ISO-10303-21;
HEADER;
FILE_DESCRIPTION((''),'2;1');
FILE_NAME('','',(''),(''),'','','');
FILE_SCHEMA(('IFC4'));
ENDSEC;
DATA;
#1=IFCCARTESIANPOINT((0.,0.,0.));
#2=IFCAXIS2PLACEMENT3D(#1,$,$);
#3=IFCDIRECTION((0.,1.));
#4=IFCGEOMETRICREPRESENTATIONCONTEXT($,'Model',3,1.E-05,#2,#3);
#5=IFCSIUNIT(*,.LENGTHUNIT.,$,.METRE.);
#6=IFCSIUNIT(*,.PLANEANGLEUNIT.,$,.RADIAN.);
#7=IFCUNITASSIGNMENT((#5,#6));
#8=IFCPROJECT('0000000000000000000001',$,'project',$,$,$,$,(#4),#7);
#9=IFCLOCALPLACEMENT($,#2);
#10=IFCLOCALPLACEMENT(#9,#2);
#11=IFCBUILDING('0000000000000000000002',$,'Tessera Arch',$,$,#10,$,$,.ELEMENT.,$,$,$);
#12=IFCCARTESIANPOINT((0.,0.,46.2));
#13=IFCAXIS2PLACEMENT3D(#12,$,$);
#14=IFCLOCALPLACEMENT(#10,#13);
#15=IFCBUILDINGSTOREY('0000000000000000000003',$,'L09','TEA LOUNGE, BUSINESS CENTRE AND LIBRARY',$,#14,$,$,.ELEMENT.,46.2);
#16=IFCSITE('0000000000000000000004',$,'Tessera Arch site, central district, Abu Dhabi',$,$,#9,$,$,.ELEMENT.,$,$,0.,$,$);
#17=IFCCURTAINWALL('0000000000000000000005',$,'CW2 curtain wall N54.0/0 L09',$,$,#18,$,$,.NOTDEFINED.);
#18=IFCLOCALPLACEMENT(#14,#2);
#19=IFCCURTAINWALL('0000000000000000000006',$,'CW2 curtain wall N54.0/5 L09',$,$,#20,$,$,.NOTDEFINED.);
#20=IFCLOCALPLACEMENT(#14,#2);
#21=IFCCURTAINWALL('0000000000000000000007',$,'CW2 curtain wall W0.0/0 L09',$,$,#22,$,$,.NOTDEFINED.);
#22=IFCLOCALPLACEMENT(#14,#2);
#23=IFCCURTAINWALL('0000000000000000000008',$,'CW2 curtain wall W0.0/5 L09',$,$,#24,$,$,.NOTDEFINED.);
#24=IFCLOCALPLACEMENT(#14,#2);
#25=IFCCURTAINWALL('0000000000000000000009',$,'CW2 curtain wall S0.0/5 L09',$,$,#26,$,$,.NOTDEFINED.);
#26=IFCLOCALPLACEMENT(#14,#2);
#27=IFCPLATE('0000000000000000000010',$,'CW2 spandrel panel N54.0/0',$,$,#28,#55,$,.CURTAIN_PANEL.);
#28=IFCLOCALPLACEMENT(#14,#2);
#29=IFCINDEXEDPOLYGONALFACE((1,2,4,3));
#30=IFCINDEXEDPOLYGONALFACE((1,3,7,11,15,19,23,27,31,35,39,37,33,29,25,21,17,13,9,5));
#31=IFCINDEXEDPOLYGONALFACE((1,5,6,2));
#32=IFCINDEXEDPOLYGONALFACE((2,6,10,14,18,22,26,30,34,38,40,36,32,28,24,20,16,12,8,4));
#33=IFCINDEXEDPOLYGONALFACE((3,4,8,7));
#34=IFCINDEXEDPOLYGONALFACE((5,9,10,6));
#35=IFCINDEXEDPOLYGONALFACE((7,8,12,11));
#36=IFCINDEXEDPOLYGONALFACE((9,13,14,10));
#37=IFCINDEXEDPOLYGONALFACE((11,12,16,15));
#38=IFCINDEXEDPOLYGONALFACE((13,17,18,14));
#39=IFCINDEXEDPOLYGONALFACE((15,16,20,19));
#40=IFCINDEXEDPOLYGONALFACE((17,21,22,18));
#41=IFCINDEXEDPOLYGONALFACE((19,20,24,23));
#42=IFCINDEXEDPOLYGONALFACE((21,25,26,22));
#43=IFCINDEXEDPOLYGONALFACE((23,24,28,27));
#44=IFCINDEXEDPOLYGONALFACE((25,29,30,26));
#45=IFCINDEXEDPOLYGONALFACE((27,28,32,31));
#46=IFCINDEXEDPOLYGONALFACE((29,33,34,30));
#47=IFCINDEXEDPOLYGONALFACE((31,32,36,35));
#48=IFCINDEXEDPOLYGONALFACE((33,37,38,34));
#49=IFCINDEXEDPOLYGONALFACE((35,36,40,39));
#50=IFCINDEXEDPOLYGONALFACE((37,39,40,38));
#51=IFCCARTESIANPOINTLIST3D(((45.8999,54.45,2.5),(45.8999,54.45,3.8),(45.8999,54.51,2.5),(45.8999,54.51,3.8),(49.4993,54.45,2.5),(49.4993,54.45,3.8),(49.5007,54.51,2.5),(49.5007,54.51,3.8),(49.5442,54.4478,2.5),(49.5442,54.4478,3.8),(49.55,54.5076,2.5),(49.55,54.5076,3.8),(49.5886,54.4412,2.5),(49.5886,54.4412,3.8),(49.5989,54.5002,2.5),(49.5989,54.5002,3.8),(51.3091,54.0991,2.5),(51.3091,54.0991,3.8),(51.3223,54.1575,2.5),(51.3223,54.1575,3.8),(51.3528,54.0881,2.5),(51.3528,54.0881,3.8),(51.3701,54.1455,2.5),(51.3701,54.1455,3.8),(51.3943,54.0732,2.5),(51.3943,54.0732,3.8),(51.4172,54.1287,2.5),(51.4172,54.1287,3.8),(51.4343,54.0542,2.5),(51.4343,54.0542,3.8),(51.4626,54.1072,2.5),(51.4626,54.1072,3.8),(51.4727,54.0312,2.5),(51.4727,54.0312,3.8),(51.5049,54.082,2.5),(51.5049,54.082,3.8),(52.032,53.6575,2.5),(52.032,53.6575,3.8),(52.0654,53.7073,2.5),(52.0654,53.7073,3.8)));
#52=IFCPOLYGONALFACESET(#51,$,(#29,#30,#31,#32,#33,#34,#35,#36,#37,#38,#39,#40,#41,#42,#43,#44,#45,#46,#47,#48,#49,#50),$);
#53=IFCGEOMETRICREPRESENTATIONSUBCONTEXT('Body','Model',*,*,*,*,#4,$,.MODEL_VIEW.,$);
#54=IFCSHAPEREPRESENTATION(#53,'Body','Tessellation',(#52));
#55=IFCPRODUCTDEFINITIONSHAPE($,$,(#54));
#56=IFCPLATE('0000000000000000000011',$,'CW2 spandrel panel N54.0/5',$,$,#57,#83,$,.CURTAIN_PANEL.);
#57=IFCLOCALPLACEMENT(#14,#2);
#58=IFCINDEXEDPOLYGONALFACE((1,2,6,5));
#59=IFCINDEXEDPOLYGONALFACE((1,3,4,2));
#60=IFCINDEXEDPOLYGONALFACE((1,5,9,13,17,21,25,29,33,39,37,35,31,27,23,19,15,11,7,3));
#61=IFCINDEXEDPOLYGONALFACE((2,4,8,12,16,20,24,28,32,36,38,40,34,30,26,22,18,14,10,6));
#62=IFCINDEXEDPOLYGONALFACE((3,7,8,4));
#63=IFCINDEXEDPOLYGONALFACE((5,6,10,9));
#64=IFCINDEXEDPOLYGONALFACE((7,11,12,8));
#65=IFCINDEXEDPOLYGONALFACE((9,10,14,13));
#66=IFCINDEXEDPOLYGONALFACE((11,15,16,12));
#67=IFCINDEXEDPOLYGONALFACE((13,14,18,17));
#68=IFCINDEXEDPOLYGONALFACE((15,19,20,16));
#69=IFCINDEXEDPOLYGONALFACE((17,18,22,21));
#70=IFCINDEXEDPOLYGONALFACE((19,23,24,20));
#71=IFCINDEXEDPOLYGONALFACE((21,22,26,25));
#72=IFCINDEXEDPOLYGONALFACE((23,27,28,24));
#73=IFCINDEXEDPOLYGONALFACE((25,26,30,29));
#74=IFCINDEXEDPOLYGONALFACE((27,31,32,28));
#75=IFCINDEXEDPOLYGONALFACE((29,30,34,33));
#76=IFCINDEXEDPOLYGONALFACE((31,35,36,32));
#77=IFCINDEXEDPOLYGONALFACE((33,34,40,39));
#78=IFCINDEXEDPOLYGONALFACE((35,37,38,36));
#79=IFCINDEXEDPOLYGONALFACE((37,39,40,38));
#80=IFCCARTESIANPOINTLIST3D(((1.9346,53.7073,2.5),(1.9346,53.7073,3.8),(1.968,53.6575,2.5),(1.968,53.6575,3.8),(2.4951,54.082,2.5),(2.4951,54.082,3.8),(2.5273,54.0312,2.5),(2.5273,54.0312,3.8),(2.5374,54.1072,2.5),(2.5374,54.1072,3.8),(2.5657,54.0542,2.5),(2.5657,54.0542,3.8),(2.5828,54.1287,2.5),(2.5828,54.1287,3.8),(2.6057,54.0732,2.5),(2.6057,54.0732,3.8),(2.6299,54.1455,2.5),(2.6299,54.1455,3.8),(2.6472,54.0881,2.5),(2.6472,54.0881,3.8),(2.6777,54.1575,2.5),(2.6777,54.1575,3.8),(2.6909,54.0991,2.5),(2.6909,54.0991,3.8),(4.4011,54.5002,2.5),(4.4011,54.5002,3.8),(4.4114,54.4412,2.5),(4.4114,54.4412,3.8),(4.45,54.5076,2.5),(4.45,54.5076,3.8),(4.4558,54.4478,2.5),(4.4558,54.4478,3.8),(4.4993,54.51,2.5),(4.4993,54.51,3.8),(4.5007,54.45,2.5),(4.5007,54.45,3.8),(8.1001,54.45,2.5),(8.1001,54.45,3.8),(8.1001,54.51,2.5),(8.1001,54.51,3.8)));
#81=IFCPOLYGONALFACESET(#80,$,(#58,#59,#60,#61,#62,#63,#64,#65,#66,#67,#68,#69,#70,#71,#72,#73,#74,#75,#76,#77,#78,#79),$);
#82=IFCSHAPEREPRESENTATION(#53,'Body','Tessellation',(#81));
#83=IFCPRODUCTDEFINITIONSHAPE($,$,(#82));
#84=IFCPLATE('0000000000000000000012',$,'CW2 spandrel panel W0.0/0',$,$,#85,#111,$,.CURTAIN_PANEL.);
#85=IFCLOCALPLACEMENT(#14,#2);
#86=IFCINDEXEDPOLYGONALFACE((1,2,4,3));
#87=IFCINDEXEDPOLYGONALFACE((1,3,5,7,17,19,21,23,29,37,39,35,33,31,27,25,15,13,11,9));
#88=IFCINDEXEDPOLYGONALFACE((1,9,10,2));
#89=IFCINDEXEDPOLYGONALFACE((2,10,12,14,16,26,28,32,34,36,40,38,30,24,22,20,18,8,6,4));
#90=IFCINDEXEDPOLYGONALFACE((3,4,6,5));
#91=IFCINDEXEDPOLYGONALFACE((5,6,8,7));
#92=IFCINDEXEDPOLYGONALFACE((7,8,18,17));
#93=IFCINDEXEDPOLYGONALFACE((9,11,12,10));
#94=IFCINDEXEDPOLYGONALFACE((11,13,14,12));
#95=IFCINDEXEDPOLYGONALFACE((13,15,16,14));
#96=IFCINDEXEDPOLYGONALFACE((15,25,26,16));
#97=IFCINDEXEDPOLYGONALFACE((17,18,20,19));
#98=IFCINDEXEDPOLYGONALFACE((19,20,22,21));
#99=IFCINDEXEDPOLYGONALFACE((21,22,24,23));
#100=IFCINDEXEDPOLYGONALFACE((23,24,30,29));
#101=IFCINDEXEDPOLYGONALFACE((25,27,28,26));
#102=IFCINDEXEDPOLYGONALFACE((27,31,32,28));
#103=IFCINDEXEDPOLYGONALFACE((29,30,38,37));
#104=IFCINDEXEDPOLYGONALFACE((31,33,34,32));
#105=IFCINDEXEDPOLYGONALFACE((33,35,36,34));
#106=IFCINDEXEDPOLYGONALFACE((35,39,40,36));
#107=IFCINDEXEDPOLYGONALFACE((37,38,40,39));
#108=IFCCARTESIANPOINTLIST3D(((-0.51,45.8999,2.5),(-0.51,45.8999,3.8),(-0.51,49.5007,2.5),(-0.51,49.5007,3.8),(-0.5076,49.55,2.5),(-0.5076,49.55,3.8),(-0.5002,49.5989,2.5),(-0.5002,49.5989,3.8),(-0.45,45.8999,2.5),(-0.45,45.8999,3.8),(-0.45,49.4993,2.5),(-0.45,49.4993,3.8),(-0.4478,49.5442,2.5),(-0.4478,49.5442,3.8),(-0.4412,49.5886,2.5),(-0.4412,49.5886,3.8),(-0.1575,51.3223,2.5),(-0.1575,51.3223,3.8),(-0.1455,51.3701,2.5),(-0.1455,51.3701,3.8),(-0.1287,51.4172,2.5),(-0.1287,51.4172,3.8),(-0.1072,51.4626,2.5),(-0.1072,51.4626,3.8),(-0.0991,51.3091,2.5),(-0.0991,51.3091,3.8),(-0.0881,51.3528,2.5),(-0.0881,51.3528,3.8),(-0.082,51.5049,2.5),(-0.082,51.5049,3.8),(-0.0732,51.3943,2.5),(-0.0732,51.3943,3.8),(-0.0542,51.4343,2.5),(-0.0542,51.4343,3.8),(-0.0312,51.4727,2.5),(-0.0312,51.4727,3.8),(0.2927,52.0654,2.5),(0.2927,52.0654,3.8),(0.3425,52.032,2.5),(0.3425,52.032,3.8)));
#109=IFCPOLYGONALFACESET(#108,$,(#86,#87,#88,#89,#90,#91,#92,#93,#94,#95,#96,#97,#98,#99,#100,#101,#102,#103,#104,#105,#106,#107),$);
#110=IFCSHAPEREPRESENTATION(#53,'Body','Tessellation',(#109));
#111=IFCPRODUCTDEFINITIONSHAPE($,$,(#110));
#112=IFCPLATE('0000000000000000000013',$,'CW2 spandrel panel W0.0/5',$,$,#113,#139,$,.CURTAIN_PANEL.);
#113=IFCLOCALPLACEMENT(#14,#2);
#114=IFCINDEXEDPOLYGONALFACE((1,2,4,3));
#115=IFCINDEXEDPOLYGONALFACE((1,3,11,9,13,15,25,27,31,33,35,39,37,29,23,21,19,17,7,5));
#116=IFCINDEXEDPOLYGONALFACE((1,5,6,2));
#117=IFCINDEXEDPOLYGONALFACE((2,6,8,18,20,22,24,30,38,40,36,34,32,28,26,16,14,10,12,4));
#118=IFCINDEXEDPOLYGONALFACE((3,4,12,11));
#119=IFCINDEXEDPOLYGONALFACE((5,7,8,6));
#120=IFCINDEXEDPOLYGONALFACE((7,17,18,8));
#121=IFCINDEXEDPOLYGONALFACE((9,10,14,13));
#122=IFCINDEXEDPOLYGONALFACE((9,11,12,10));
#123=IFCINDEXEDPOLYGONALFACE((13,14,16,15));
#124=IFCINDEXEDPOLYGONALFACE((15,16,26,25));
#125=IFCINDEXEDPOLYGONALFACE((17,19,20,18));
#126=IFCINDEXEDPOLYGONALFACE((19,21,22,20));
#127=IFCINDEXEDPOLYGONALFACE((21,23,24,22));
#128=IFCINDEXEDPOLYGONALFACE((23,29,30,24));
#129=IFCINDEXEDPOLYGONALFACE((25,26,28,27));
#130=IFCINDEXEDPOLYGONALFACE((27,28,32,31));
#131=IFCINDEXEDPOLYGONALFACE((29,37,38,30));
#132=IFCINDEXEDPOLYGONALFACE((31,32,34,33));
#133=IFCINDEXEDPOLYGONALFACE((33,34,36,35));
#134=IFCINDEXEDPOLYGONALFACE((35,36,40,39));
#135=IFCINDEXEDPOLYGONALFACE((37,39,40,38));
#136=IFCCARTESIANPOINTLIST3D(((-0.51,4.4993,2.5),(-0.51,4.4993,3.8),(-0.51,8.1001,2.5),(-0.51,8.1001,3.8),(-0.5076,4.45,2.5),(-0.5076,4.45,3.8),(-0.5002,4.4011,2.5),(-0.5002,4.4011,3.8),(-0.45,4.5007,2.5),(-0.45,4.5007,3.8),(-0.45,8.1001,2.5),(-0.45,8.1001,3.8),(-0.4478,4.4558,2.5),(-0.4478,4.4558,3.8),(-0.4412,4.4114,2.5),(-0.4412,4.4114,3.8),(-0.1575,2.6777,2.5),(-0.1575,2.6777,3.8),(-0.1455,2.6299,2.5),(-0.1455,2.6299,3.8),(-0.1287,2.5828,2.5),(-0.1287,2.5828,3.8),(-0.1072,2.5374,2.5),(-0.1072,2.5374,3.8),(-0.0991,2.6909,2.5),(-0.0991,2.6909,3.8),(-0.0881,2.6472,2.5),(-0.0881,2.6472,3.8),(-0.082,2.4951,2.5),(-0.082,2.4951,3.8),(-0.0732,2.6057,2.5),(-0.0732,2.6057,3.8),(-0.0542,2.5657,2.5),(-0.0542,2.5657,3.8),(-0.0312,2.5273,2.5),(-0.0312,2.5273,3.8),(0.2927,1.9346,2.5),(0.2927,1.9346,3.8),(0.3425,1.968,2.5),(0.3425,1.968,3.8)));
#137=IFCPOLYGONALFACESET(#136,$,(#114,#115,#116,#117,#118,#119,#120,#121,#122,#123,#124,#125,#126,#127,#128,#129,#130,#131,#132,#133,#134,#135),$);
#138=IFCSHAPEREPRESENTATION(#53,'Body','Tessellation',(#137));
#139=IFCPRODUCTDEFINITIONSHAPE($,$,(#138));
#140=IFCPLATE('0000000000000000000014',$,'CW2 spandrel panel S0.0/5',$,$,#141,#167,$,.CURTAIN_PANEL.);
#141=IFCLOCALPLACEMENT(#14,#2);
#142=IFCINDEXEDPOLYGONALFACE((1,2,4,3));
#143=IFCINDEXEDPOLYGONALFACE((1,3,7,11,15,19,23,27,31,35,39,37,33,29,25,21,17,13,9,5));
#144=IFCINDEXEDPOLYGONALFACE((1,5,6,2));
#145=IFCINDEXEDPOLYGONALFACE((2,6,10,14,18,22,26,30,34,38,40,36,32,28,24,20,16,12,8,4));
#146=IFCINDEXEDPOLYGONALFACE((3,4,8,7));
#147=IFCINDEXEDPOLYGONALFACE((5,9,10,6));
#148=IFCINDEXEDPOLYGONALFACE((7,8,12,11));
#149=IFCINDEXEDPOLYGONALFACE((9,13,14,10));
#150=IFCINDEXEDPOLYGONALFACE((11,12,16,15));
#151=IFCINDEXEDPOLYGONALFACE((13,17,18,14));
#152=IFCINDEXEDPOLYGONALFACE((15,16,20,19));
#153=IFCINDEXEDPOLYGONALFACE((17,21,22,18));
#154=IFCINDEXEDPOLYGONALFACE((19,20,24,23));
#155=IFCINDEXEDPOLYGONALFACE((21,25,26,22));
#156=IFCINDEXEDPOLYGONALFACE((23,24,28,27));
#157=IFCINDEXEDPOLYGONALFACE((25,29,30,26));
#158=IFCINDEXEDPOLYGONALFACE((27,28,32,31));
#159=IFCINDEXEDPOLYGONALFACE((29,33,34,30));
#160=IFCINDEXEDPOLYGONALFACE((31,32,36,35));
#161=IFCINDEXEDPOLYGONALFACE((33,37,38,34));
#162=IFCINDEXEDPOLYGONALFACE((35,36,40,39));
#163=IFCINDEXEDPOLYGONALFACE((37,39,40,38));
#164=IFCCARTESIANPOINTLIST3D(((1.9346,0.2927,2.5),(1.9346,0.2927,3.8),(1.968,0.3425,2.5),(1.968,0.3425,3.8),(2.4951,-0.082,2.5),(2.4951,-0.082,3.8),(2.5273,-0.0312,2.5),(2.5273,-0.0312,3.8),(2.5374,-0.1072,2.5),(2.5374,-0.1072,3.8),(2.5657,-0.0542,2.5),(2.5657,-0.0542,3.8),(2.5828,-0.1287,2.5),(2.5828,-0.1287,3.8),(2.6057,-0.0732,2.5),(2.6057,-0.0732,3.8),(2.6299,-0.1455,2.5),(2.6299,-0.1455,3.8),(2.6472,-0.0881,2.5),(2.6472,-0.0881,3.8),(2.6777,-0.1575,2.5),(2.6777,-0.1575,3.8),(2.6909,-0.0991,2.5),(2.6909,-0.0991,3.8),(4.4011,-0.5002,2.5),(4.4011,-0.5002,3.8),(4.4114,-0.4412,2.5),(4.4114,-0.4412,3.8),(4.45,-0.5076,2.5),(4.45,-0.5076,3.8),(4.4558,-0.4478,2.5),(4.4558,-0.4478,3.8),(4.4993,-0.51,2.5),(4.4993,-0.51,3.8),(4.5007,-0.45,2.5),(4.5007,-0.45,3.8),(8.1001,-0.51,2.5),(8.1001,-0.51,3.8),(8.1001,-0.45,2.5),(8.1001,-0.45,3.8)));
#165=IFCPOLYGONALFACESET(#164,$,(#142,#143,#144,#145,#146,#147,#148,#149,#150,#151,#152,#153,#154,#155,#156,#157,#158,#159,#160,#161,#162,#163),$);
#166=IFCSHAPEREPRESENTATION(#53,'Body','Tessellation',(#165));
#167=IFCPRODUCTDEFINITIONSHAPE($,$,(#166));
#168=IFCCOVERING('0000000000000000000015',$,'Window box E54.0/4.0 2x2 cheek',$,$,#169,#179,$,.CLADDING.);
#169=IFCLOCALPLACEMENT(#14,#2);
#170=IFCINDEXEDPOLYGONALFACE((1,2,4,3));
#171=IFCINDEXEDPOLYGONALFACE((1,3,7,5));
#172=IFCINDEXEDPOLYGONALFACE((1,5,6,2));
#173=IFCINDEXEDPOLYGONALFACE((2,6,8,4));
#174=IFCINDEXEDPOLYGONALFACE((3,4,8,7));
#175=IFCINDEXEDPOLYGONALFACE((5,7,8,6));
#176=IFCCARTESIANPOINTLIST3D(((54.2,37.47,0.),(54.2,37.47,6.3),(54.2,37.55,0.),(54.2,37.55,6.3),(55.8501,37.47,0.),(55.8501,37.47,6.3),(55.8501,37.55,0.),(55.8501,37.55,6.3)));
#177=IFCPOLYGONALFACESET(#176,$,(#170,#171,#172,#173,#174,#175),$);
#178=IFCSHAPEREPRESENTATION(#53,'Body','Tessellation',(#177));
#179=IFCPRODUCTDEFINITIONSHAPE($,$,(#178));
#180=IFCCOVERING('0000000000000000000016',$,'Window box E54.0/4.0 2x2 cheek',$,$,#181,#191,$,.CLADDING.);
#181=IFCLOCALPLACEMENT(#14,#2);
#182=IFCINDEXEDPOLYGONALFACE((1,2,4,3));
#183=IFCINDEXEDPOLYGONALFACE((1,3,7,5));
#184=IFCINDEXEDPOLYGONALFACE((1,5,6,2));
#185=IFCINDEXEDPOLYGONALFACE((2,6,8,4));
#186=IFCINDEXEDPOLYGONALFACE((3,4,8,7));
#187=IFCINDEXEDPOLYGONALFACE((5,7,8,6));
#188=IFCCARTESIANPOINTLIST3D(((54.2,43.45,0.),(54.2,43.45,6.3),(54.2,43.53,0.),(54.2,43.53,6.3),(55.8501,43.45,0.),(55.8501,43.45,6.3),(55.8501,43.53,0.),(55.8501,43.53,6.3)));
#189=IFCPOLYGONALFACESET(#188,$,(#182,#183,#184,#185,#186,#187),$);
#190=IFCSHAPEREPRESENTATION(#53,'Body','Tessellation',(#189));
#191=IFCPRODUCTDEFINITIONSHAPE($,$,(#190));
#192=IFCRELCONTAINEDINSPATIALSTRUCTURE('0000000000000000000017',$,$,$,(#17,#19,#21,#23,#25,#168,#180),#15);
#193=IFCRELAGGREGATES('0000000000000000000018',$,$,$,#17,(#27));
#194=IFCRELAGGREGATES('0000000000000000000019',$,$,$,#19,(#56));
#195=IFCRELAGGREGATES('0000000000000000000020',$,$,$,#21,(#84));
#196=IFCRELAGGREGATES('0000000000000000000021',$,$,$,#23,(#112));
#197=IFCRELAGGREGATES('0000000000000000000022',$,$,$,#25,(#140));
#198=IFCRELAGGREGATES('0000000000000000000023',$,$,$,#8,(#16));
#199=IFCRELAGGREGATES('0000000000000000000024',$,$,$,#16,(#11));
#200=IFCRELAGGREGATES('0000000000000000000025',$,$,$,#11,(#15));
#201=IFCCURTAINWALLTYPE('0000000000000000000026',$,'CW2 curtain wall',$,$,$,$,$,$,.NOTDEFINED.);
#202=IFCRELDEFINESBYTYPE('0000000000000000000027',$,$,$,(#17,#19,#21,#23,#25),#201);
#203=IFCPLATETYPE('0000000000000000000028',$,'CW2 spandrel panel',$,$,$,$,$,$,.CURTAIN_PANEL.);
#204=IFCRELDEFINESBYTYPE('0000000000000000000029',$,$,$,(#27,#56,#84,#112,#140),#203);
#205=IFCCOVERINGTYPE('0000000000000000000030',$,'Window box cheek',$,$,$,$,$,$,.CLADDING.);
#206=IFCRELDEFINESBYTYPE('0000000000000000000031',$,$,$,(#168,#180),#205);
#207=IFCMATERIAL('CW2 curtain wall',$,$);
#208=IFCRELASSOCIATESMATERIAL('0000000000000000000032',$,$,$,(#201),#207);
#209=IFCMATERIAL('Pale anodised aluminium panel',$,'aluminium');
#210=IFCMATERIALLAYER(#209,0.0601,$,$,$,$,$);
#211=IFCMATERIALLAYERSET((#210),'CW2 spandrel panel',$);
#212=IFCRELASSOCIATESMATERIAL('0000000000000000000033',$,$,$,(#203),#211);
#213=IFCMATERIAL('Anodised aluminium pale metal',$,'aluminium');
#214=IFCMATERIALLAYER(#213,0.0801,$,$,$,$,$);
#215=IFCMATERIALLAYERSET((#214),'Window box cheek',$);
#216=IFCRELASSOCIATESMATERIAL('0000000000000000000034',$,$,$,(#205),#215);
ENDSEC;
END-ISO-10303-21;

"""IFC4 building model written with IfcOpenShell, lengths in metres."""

from ifc_helpers import new_model, si_unit, direction, frame, origin, place, context, subcontext, project, spatial, polyline, outline, extrude, material, layer, layer_set, type_object, element, aggregate, save


model = new_model("IFC4")

# Units and contexts
model_context = context("Model", 3, precision=1e-05, world=origin(), true_north=direction((0.0, 1.0)))
body_context = subcontext(model_context, "Body", "Model", "MODEL_VIEW")
ifc_project = project(units=[si_unit("LENGTHUNIT", "METRE"), si_unit("PLANEANGLEUNIT", "RADIAN")], contexts=[model_context])

# Site, building, storey
site_placement = place(None, origin())
site = spatial("IfcSite", under=ifc_project, at=site_placement, Name="Tessera Arch site, central district, Abu Dhabi", CompositionType="ELEMENT", RefElevation=0.0)
building_placement = place(site_placement, origin())
building = spatial("IfcBuilding", under=site, at=building_placement, Name="Tessera Arch", CompositionType="ELEMENT")
storey_placement = place(building_placement, frame((0.0, 0.0, 46.2)))
storey = spatial("IfcBuildingStorey", under=building, at=storey_placement, Name="L09", Description="TEA LOUNGE, BUSINESS CENTRE AND LIBRARY", CompositionType="ELEMENT", Elevation=46.2)

# Curtain walls
ifc_material_1 = material(Name="CW2 curtain wall")
curtain_wall_type = type_object("IfcCurtainWallType", Name="CW2 curtain wall", PredefinedType="NOTDEFINED", material=ifc_material_1)
curtain_wall_1_placement = place(storey_placement, origin())
curtain_wall_1 = element("IfcCurtainWall", 1, at=curtain_wall_1_placement, inside=storey, type_object=curtain_wall_type, Name="CW2 curtain wall N54.0/0 L09", PredefinedType="NOTDEFINED")
curtain_wall_2_placement = place(storey_placement, origin())
curtain_wall_2 = element("IfcCurtainWall", 2, at=curtain_wall_2_placement, inside=storey, type_object=curtain_wall_type, Name="CW2 curtain wall N54.0/5 L09", PredefinedType="NOTDEFINED")
curtain_wall_3_placement = place(storey_placement, origin())
curtain_wall_3 = element("IfcCurtainWall", 3, at=curtain_wall_3_placement, inside=storey, type_object=curtain_wall_type, Name="CW2 curtain wall W0.0/0 L09", PredefinedType="NOTDEFINED")
curtain_wall_4_placement = place(storey_placement, origin())
curtain_wall_4 = element("IfcCurtainWall", 4, at=curtain_wall_4_placement, inside=storey, type_object=curtain_wall_type, Name="CW2 curtain wall W0.0/5 L09", PredefinedType="NOTDEFINED")
curtain_wall_5_placement = place(storey_placement, origin())
curtain_wall_5 = element("IfcCurtainWall", 5, at=curtain_wall_5_placement, inside=storey, type_object=curtain_wall_type, Name="CW2 curtain wall S0.0/5 L09", PredefinedType="NOTDEFINED")

# Plates
ifc_material_2 = material(Name="Pale anodised aluminium panel", Category="aluminium")
ifc_layer_1 = layer(ifc_material_2, 0.0601)
ifc_layer_set_1 = layer_set([ifc_layer_1], Name="CW2 spandrel panel")
plate_type_1 = type_object("IfcPlateType", Name="CW2 spandrel panel", PredefinedType="CURTAIN_PANEL", material=ifc_layer_set_1)
plate_1_placement = place(storey_placement, frame((0.0, 0.0, 2.5)))
plate_1 = element("IfcPlate", 6, at=plate_1_placement, type_object=plate_type_1, Name="CW2 spandrel panel N54.0/0", PredefinedType="CURTAIN_PANEL", context=body_context, shape_type="SweptSolid", body=[
    extrude(outline(polyline([(51.4727, 54.0312), (52.032, 53.6575), (52.0654, 53.7073), (51.5049, 54.082), (51.4626, 54.1072), (51.4172, 54.1287), (51.3701, 54.1455), (51.3223, 54.1575), (49.5989, 54.5002), (49.55, 54.5076), (49.5007, 54.51), (45.8999, 54.51), (45.8999, 54.45), (49.4993, 54.45), (49.5442, 54.4478), (49.5886, 54.4412), (51.3091, 54.0991), (51.3528, 54.0881), (51.3943, 54.0732), (51.4343, 54.0542), (51.4727, 54.0312)])), origin(), (0.0, 0.0, 1.0), 1.3),
])
aggregate(curtain_wall_1, [plate_1])
plate_2_placement = place(storey_placement, frame((0.0, 0.0, 2.5)))
plate_2 = element("IfcPlate", 7, at=plate_2_placement, type_object=plate_type_1, Name="CW2 spandrel panel N54.0/5", PredefinedType="CURTAIN_PANEL", context=body_context, shape_type="SweptSolid", body=[
    extrude(outline(polyline([(4.5007, 54.45), (8.1001, 54.45), (8.1001, 54.51), (4.4993, 54.51), (4.45, 54.5076), (4.4011, 54.5002), (2.6777, 54.1575), (2.6299, 54.1455), (2.5828, 54.1287), (2.5374, 54.1072), (2.4951, 54.082), (1.9346, 53.7073), (1.968, 53.6575), (2.5273, 54.0312), (2.5657, 54.0542), (2.6057, 54.0732), (2.6472, 54.0881), (2.6909, 54.0991), (4.4114, 54.4412), (4.4558, 54.4478), (4.5007, 54.45)])), origin(), (0.0, 0.0, 1.0), 1.3),
])
aggregate(curtain_wall_2, [plate_2])
plate_3_placement = place(storey_placement, frame((0.0, 0.0, 2.5)))
plate_3 = element("IfcPlate", 8, at=plate_3_placement, type_object=plate_type_1, Name="CW2 spandrel panel W0.0/0", PredefinedType="CURTAIN_PANEL", context=body_context, shape_type="SweptSolid", body=[
    extrude(outline(polyline([(-0.0312, 51.4727), (0.3425, 52.032), (0.2927, 52.0654), (-0.082, 51.5049), (-0.1072, 51.4626), (-0.1287, 51.4172), (-0.1455, 51.3701), (-0.1575, 51.3223), (-0.5002, 49.5989), (-0.5076, 49.55), (-0.51, 49.5007), (-0.51, 45.8999), (-0.45, 45.8999), (-0.45, 49.4993), (-0.4478, 49.5442), (-0.4412, 49.5886), (-0.0991, 51.3091), (-0.0881, 51.3528), (-0.0732, 51.3943), (-0.0542, 51.4343), (-0.0312, 51.4727)])), origin(), (0.0, 0.0, 1.0), 1.3),
])
aggregate(curtain_wall_3, [plate_3])
plate_4_placement = place(storey_placement, frame((0.0, 0.0, 2.5)))
plate_4 = element("IfcPlate", 9, at=plate_4_placement, type_object=plate_type_1, Name="CW2 spandrel panel W0.0/5", PredefinedType="CURTAIN_PANEL", context=body_context, shape_type="SweptSolid", body=[
    extrude(outline(polyline([(-0.45, 4.5007), (-0.45, 8.1001), (-0.51, 8.1001), (-0.51, 4.4993), (-0.5076, 4.45), (-0.5002, 4.4011), (-0.1575, 2.6777), (-0.1455, 2.6299), (-0.1287, 2.5828), (-0.1072, 2.5374), (-0.082, 2.4951), (0.2927, 1.9346), (0.3425, 1.968), (-0.0312, 2.5273), (-0.0542, 2.5657), (-0.0732, 2.6057), (-0.0881, 2.6472), (-0.0991, 2.6909), (-0.4412, 4.4114), (-0.4478, 4.4558), (-0.45, 4.5007)])), origin(), (0.0, 0.0, 1.0), 1.3),
])
aggregate(curtain_wall_4, [plate_4])
plate_5_placement = place(storey_placement, frame((0.0, 0.0, 2.5)))
plate_5 = element("IfcPlate", 10, at=plate_5_placement, type_object=plate_type_1, Name="CW2 spandrel panel S0.0/5", PredefinedType="CURTAIN_PANEL", context=body_context, shape_type="SweptSolid", body=[
    extrude(outline(polyline([(2.5273, -0.0312), (1.968, 0.3425), (1.9346, 0.2927), (2.4951, -0.082), (2.5374, -0.1072), (2.5828, -0.1287), (2.6299, -0.1455), (2.6777, -0.1575), (4.4011, -0.5002), (4.45, -0.5076), (4.4993, -0.51), (8.1001, -0.51), (8.1001, -0.45), (4.5007, -0.45), (4.4558, -0.4478), (4.4114, -0.4412), (2.6909, -0.0991), (2.6472, -0.0881), (2.6057, -0.0732), (2.5657, -0.0542), (2.5273, -0.0312)])), origin(), (0.0, 0.0, 1.0), 1.3),
])
aggregate(curtain_wall_5, [plate_5])

# Coverings
ifc_material_3 = material(Name="Anodised aluminium pale metal", Category="aluminium")
ifc_layer_2 = layer(ifc_material_3, 0.0801)
ifc_layer_set_2 = layer_set([ifc_layer_2], Name="Window box cheek")
covering_type_1 = type_object("IfcCoveringType", Name="Window box cheek", PredefinedType="CLADDING", material=ifc_layer_set_2)
covering_1_placement = place(storey_placement, origin())
element("IfcCovering", 11, at=covering_1_placement, inside=storey, type_object=covering_type_1, Name="Window box E54.0/4.0 2x2 cheek", PredefinedType="CLADDING", context=body_context, shape_type="SweptSolid", body=[
    extrude(outline(polyline([(55.8501, 37.47), (55.8501, 37.55), (54.2, 37.55), (54.2, 37.47), (55.8501, 37.47)])), origin(), (0.0, 0.0, 1.0), 6.3),
])
covering_2_placement = place(storey_placement, origin())
element("IfcCovering", 12, at=covering_2_placement, inside=storey, type_object=covering_type_1, Name="Window box E54.0/4.0 2x2 cheek", PredefinedType="CLADDING", context=body_context, shape_type="SweptSolid", body=[
    extrude(outline(polyline([(55.8501, 43.45), (55.8501, 43.53), (54.2, 43.53), (54.2, 43.45), (55.8501, 43.45)])), origin(), (0.0, 0.0, 1.0), 6.3),
])

save(model, "model.ifc")
